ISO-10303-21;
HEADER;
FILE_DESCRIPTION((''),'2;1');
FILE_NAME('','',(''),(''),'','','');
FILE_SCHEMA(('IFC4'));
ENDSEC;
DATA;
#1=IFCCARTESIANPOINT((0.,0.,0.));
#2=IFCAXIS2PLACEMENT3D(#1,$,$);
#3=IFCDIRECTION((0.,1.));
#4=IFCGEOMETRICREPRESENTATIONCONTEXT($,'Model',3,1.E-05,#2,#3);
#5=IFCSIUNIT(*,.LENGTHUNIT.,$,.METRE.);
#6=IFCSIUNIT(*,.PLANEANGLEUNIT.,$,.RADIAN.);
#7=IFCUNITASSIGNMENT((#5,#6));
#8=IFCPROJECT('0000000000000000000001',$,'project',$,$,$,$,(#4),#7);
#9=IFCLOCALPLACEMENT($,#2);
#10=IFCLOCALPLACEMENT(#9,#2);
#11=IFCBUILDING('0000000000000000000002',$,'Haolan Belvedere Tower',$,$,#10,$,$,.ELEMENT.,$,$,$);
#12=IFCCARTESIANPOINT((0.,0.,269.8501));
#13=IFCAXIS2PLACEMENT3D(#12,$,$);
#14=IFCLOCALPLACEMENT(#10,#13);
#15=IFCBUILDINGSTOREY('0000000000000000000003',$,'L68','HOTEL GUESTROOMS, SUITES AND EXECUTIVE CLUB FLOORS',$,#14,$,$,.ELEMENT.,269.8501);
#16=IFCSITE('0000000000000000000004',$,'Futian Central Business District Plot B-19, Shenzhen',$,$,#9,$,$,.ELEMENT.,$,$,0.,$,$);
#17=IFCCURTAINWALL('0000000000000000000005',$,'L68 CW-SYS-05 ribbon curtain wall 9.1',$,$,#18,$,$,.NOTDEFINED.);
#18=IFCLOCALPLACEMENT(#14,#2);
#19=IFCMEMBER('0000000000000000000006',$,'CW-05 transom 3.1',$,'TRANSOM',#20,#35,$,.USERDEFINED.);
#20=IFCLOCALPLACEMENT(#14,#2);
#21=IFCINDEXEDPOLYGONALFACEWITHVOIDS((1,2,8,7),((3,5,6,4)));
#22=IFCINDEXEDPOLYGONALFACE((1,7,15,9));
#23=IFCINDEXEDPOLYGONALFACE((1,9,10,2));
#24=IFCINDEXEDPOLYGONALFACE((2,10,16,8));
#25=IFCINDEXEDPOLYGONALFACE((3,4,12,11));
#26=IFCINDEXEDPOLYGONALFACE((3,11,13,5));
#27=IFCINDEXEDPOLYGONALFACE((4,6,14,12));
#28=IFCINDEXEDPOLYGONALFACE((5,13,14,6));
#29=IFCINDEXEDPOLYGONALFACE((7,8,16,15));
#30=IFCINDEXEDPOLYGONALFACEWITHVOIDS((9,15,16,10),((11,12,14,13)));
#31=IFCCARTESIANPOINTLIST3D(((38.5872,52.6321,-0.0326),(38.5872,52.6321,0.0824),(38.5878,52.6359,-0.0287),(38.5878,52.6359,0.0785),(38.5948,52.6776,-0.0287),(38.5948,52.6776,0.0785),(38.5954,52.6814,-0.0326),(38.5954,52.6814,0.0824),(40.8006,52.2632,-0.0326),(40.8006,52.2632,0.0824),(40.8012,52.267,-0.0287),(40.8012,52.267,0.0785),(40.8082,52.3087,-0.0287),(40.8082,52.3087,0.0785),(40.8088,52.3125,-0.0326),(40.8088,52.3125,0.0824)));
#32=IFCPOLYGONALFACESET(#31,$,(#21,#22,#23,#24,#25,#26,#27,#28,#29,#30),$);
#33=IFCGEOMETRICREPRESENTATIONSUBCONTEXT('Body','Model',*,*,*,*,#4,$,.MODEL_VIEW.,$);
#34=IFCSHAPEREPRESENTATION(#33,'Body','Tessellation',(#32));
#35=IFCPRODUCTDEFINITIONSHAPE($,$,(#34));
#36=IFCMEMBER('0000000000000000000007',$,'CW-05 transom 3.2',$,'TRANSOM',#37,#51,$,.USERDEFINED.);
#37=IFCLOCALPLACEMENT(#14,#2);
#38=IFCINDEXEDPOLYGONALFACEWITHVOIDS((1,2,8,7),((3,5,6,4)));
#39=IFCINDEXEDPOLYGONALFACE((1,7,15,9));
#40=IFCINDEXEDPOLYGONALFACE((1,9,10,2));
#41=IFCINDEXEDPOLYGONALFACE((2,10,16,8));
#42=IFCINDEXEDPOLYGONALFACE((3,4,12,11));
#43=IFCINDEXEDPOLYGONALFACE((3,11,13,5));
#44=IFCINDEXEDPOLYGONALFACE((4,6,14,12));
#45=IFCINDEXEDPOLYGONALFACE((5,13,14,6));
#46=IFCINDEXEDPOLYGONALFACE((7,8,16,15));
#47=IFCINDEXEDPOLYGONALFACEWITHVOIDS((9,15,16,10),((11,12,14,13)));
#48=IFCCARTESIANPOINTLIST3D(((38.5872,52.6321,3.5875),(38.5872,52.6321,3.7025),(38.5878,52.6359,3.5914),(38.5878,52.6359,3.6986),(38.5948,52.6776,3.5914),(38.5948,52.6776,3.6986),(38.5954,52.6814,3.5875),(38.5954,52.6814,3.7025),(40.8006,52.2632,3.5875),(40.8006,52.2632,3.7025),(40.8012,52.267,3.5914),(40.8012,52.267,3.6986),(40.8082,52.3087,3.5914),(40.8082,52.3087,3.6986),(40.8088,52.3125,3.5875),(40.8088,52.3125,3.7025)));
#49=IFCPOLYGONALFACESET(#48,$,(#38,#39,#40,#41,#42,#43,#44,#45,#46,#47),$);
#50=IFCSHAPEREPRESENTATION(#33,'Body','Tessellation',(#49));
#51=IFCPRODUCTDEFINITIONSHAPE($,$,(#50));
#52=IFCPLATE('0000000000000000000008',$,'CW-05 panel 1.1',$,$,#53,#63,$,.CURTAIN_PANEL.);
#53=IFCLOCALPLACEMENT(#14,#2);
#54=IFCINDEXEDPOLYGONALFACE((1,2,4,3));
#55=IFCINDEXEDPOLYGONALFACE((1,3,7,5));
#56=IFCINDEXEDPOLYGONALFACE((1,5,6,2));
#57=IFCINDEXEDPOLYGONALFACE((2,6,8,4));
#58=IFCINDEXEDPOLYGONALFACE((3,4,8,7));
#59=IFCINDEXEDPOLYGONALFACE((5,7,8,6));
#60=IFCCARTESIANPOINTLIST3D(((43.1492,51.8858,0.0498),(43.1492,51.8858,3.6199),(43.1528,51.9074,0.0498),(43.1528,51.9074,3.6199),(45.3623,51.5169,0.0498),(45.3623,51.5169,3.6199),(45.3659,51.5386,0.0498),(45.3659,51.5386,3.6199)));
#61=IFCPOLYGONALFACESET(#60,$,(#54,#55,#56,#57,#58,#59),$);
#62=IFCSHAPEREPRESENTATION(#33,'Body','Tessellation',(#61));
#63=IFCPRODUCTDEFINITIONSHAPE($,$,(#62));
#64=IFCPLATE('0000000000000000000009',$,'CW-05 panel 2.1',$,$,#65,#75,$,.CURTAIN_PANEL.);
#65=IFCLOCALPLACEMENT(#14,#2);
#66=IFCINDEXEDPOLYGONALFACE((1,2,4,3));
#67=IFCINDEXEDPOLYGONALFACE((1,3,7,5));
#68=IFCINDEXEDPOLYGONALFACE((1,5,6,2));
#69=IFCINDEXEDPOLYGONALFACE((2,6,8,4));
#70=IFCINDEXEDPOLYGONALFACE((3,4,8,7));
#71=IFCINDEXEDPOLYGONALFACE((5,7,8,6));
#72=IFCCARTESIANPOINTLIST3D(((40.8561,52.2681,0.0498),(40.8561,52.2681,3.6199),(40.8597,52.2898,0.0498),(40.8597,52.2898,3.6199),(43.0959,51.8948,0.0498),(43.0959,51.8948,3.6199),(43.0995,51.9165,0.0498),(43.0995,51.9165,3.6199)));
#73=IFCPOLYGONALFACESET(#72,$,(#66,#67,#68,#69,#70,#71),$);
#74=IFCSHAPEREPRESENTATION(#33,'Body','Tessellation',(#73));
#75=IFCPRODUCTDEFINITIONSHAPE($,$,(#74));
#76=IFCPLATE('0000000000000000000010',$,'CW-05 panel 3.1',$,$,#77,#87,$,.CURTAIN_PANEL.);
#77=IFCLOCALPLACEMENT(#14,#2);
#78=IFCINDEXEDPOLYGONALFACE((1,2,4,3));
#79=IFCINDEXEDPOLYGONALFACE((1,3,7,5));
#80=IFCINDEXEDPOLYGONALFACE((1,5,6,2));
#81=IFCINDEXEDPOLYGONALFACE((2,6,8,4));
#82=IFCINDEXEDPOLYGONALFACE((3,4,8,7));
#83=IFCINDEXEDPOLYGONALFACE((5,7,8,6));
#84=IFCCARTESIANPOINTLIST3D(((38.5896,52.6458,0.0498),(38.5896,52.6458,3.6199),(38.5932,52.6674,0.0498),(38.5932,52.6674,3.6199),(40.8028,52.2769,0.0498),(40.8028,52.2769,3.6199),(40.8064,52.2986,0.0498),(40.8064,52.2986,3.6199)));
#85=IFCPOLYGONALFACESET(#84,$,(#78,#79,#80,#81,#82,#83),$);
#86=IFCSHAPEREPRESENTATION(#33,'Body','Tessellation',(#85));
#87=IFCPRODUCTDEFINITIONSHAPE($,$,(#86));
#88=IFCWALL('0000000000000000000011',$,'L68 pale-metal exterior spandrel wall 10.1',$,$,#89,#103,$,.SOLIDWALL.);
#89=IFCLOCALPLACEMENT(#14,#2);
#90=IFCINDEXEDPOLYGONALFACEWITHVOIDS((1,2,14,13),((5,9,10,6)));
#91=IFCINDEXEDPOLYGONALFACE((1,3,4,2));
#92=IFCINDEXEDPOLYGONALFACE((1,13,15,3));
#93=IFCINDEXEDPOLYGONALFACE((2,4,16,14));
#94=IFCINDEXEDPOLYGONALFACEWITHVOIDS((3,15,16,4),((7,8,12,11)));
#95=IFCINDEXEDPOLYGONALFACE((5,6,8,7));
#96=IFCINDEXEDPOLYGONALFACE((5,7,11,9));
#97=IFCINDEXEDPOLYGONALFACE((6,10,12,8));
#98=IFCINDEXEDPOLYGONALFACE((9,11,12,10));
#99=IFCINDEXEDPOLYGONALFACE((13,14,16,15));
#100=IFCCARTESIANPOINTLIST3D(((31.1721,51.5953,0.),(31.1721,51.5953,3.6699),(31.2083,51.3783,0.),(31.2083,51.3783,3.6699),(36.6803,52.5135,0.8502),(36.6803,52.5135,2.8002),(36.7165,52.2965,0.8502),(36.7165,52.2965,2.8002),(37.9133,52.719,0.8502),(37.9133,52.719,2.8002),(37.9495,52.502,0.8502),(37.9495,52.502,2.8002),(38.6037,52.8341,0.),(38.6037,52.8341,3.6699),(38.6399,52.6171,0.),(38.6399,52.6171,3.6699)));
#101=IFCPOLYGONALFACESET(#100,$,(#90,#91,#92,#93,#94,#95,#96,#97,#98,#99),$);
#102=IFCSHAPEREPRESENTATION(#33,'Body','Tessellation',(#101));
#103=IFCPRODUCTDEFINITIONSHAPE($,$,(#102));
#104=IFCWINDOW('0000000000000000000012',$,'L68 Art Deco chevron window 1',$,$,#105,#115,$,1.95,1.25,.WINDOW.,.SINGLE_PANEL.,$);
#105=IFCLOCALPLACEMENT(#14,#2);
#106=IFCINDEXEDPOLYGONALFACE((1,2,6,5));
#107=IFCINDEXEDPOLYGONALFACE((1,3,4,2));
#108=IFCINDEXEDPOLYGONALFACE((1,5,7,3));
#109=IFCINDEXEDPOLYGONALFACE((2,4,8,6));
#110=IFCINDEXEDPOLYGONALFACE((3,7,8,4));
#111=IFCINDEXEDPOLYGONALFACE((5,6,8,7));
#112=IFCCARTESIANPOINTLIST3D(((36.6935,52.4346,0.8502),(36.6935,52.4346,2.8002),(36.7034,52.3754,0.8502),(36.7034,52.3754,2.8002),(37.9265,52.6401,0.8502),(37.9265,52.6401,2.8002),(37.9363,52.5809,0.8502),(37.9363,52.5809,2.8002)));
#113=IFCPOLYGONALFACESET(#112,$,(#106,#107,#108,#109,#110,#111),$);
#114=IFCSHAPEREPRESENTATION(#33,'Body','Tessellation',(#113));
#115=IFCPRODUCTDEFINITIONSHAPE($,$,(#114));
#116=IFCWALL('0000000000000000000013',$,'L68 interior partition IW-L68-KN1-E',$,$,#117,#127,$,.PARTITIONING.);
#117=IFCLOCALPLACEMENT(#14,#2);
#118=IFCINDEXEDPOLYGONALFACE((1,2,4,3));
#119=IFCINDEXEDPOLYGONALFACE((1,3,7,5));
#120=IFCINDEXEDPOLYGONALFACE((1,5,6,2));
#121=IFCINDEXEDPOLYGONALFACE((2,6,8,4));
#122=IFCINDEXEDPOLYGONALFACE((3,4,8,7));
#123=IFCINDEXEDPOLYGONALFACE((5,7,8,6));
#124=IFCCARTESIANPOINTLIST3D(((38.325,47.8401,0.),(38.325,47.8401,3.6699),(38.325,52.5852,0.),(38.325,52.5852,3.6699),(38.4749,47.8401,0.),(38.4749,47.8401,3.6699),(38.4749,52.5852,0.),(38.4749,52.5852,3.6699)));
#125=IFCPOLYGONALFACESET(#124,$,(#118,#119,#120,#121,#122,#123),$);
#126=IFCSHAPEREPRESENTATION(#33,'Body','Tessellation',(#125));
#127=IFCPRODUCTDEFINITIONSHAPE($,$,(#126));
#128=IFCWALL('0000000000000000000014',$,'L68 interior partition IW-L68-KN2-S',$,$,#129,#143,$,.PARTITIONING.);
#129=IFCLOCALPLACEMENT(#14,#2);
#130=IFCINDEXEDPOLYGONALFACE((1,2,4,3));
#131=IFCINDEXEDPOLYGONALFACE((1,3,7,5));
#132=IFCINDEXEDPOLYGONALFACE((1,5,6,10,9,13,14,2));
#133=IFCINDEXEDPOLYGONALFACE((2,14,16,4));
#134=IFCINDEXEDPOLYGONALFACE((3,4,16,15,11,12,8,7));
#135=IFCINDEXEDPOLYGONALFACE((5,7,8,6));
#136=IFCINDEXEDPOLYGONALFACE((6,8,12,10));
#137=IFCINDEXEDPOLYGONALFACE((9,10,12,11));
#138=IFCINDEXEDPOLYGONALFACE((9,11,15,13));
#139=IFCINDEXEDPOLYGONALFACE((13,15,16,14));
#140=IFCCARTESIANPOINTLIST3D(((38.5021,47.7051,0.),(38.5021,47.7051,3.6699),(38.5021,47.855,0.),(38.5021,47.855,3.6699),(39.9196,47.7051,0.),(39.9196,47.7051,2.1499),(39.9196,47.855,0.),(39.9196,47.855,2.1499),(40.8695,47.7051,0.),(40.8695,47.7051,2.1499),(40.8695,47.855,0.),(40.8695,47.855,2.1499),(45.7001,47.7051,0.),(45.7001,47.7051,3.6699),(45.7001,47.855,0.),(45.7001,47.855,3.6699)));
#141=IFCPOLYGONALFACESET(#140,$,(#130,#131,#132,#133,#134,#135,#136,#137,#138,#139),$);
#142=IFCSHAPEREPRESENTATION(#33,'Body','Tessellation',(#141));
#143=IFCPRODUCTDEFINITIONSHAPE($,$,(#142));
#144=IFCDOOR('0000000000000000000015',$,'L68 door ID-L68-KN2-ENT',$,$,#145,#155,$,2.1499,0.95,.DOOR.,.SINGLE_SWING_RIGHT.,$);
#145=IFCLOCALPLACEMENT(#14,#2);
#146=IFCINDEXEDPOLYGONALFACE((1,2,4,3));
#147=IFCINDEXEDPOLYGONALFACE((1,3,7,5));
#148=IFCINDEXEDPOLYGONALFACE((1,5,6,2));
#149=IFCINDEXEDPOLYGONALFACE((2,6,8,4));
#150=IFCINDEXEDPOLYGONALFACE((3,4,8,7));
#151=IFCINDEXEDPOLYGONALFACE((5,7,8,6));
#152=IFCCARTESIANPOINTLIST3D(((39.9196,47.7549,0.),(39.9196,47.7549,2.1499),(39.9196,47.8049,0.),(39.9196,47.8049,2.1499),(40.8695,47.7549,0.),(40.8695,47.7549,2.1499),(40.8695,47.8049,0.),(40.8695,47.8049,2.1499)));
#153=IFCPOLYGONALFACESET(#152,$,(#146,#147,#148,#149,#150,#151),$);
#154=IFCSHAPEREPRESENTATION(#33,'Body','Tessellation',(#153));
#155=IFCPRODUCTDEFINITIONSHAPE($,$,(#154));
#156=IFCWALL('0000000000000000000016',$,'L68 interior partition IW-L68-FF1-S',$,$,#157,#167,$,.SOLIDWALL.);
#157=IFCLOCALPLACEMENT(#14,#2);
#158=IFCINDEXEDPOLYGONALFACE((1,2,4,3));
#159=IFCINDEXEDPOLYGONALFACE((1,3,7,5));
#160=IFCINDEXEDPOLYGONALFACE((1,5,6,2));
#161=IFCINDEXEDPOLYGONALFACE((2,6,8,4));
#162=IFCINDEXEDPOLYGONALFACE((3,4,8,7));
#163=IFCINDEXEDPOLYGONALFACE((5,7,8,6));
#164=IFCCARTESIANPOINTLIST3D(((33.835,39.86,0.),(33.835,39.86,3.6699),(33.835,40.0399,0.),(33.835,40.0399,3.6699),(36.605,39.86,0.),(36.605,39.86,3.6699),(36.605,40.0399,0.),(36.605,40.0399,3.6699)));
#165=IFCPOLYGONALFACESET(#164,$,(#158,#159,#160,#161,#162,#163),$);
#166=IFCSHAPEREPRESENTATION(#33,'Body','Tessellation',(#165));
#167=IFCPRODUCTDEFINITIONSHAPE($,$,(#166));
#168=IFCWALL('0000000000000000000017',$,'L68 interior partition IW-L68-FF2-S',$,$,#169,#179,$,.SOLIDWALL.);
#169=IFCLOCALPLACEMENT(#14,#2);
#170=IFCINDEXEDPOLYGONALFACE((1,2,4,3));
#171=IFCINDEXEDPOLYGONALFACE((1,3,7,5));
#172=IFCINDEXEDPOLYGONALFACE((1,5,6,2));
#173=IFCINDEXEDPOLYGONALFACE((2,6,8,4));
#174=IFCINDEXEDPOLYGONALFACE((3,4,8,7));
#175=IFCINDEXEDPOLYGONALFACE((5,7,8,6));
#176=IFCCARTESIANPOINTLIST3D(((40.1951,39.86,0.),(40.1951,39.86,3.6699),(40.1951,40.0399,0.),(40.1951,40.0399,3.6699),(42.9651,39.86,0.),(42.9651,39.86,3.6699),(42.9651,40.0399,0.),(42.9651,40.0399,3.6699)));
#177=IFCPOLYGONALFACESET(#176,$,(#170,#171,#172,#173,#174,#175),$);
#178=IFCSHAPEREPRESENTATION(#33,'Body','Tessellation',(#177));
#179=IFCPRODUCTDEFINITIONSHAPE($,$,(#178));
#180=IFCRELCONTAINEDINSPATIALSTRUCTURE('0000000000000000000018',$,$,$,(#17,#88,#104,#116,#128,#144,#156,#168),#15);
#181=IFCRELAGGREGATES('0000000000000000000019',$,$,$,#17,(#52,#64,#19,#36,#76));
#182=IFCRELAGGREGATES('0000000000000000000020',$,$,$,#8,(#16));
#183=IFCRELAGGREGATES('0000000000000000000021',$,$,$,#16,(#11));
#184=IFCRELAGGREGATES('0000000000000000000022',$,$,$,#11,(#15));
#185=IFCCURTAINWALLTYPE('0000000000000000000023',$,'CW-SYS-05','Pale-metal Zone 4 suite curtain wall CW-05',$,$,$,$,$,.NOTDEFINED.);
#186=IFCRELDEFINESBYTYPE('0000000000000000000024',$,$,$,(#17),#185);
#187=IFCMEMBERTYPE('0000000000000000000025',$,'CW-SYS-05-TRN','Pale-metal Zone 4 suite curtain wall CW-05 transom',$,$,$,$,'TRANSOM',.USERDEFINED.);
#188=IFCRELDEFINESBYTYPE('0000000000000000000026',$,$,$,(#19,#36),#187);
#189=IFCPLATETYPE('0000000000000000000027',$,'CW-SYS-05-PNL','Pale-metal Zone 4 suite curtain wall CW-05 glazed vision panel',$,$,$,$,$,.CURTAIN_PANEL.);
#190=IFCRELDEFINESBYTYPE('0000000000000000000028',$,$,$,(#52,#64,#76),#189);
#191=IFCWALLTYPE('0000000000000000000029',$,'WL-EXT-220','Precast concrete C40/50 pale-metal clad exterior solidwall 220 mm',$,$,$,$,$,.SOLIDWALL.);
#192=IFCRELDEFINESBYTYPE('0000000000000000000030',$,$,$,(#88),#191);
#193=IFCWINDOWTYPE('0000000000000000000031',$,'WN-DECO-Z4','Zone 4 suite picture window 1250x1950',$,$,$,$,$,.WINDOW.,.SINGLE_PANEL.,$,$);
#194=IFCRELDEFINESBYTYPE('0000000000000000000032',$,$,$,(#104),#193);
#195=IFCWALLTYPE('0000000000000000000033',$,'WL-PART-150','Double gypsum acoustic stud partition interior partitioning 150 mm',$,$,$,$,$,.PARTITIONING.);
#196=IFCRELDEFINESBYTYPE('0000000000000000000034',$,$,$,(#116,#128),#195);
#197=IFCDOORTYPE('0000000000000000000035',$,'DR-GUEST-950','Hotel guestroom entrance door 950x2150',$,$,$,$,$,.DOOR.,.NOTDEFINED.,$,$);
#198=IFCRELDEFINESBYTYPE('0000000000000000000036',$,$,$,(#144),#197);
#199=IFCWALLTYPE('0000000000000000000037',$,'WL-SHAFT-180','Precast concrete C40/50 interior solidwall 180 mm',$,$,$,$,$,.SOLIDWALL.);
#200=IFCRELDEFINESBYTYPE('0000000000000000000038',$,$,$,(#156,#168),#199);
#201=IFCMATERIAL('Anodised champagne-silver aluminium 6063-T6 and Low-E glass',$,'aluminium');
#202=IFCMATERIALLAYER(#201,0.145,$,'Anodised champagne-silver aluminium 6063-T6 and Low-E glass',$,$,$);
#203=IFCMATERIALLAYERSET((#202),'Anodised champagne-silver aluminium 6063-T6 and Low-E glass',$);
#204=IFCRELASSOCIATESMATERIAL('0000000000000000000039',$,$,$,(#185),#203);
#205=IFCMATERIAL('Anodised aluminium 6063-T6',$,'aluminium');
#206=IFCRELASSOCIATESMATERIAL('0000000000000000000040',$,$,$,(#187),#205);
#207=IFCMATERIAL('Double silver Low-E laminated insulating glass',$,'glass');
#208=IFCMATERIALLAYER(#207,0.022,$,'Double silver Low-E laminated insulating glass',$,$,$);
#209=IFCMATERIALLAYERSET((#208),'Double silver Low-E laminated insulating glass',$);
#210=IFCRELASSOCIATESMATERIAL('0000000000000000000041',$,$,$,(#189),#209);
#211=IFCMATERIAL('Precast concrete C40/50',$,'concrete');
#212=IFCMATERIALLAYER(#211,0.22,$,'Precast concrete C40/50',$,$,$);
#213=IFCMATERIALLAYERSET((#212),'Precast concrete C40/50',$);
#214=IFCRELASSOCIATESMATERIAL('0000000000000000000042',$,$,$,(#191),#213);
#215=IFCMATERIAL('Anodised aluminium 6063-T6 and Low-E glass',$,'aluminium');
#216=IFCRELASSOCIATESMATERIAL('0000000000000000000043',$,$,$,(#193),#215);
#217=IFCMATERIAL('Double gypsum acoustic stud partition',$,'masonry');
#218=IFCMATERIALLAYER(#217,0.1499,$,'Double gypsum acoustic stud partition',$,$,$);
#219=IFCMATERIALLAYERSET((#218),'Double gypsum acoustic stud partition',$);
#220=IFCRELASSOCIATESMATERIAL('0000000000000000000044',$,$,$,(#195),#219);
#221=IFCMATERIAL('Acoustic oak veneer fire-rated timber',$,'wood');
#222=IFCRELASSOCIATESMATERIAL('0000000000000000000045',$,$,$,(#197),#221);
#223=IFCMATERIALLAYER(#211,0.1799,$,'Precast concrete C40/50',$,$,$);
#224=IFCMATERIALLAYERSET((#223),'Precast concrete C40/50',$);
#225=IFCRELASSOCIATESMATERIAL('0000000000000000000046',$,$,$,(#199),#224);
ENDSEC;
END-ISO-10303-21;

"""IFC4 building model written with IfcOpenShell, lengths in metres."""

from ifc_helpers import new_model, si_unit, direction, frame, frame_2d, origin, origin_2d, place, context, subcontext, project, spatial, rectangle, hollow_rectangle, extrude, material, layer, layer_set, material_profile, profile_set, type_object, element, fill, aggregate, save


model = new_model("IFC4")

# Units and contexts
model_context = context("Model", 3, precision=1e-05, world=origin(), true_north=direction((0.0, 1.0)))
body_context = subcontext(model_context, "Body", "Model", "MODEL_VIEW")
ifc_project = project(units=[si_unit("LENGTHUNIT", "METRE"), si_unit("PLANEANGLEUNIT", "RADIAN")], contexts=[model_context])

# Site, building, storey
site_placement = place(None, origin())
site = spatial("IfcSite", under=ifc_project, at=site_placement, Name="Futian Central Business District Plot B-19, Shenzhen", CompositionType="ELEMENT", RefElevation=0.0)
building_placement = place(site_placement, origin())
building = spatial("IfcBuilding", under=site, at=building_placement, Name="Haolan Belvedere Tower", CompositionType="ELEMENT")
storey_placement = place(building_placement, frame((0.0, 0.0, 269.8501)))
storey = spatial("IfcBuildingStorey", under=building, at=storey_placement, Name="L68", Description="HOTEL GUESTROOMS, SUITES AND EXECUTIVE CLUB FLOORS", CompositionType="ELEMENT", Elevation=269.8501)

# Curtain wall, members, plates
ifc_material_1 = material(Name="Anodised champagne-silver aluminium 6063-T6 and Low-E glass", Category="aluminium")
ifc_layer_1 = layer(ifc_material_1, 0.145, Name="Anodised champagne-silver aluminium 6063-T6 and Low-E glass")
ifc_layer_set_1 = layer_set([ifc_layer_1], Name="Anodised champagne-silver aluminium 6063-T6 and Low-E glass")
curtain_wall_type = type_object("IfcCurtainWallType", Name="CW-SYS-05", Description="Pale-metal Zone 4 suite curtain wall CW-05", PredefinedType="NOTDEFINED", material=ifc_layer_set_1)
curtain_wall_placement = place(storey_placement, origin())
curtain_wall = element("IfcCurtainWall", 1, at=curtain_wall_placement, inside=storey, type_object=curtain_wall_type, Name="L68 CW-SYS-05 ribbon curtain wall 9.1", PredefinedType="NOTDEFINED")
ifc_material_2 = material(Name="Anodised aluminium 6063-T6", Category="aluminium")
ifc_material_profile_1 = material_profile(ifc_material_2, hollow_rectangle(XDim=0.05, YDim=0.115, WallThickness=0.0039, at=origin_2d()), Name="Anodised aluminium 6063-T6")
ifc_profile_set_1 = profile_set([ifc_material_profile_1], Name="Anodised aluminium 6063-T6")
member_type_1 = type_object("IfcMemberType", Name="CW-SYS-05-TRN", Description="Pale-metal Zone 4 suite curtain wall CW-05 transom", ElementType="TRANSOM", PredefinedType="USERDEFINED", material=ifc_profile_set_1)
member_1_placement = place(storey_placement, frame((40.8047, 52.2878, 0.0249), z_axis=(-0.986394, 0.164399, 0.0), x_axis=(-0.164399, -0.986394, 0.0)))
member_1 = element("IfcMember", 2, at=member_1_placement, type_object=member_type_1, Name="CW-05 transom 3.1", ObjectType="TRANSOM", PredefinedType="USERDEFINED", context=body_context, shape_type="SweptSolid", body=[
    extrude(hollow_rectangle(XDim=0.05, YDim=0.115, WallThickness=0.0039, at=origin_2d()), origin(), (0.0, 0.0, 1.0), 2.2439),
])
member_2_placement = place(storey_placement, frame((40.8047, 52.2878, 3.645), z_axis=(-0.986394, 0.164399, 0.0), x_axis=(-0.164399, -0.986394, 0.0)))
member_2 = element("IfcMember", 3, at=member_2_placement, type_object=member_type_1, Name="CW-05 transom 3.2", ObjectType="TRANSOM", PredefinedType="USERDEFINED", context=body_context, shape_type="SweptSolid", body=[
    extrude(hollow_rectangle(XDim=0.05, YDim=0.115, WallThickness=0.0039, at=origin_2d()), origin(), (0.0, 0.0, 1.0), 2.2439),
])
ifc_material_3 = material(Name="Double silver Low-E laminated insulating glass", Category="glass")
ifc_layer_2 = layer(ifc_material_3, 0.022, Name="Double silver Low-E laminated insulating glass")
ifc_layer_set_2 = layer_set([ifc_layer_2], Name="Double silver Low-E laminated insulating glass")
plate_type = type_object("IfcPlateType", Name="CW-SYS-05-PNL", Description="Pale-metal Zone 4 suite curtain wall CW-05 glazed vision panel", PredefinedType="CURTAIN_PANEL", material=ifc_layer_set_2)
plate_1_placement = place(storey_placement, frame((44.2576, 51.7122, 0.0498), z_axis=(0.0, 0.0, 1.0), x_axis=(-0.986393, 0.164406, 0.0)))
plate_1 = element("IfcPlate", 4, at=plate_1_placement, type_object=plate_type, Name="CW-05 panel 1.1", PredefinedType="CURTAIN_PANEL", context=body_context, shape_type="SweptSolid", body=[
    extrude(rectangle(XDim=2.2437, YDim=0.022, at=origin_2d()), origin(), (0.0, 0.0, 1.0), 3.5701),
])
plate_2_placement = place(storey_placement, frame((41.9778, 52.0923, 0.0498), z_axis=(0.0, 0.0, 1.0), x_axis=(-0.986393, 0.164406, 0.0)))
plate_2 = element("IfcPlate", 5, at=plate_2_placement, type_object=plate_type, Name="CW-05 panel 2.1", PredefinedType="CURTAIN_PANEL", context=body_context, shape_type="SweptSolid", body=[
    extrude(rectangle(XDim=2.2708, YDim=0.022, at=origin_2d()), origin(), (0.0, 0.0, 1.0), 3.5701),
])
plate_3_placement = place(storey_placement, frame((39.698, 52.4722, 0.0498), z_axis=(0.0, 0.0, 1.0), x_axis=(-0.986393, 0.164406, 0.0)))
plate_3 = element("IfcPlate", 6, at=plate_3_placement, type_object=plate_type, Name="CW-05 panel 3.1", PredefinedType="CURTAIN_PANEL", context=body_context, shape_type="SweptSolid", body=[
    extrude(rectangle(XDim=2.2437, YDim=0.022, at=origin_2d()), origin(), (0.0, 0.0, 1.0), 3.5701),
])
aggregate(curtain_wall, [plate_1, plate_2, member_1, member_2, plate_3])

# Wall, opening, window
ifc_material_4 = material(Name="Precast concrete C40/50", Category="concrete")
ifc_layer_3 = layer(ifc_material_4, 0.22, Name="Precast concrete C40/50")
ifc_layer_set_3 = layer_set([ifc_layer_3], Name="Precast concrete C40/50")
wall_type_1 = type_object("IfcWallType", Name="WL-EXT-220", Description="Precast concrete C40/50 pale-metal clad exterior solidwall 220 mm", PredefinedType="SOLIDWALL", material=ifc_layer_set_3)
wall_1_placement = place(storey_placement, frame((38.6218, 52.7256, 0.0), z_axis=(0.0, 0.0, 1.0), x_axis=(-0.98639, -0.16442, 0.0)))
wall_1 = element("IfcWall", 7, at=wall_1_placement, inside=storey, type_object=wall_type_1, Name="L68 pale-metal exterior spandrel wall 10.1", PredefinedType="SOLIDWALL", context=body_context, shape_type="SweptSolid", body=[
    extrude(rectangle(XDim=7.5342, YDim=0.22, at=frame_2d((3.7671, 0.0))), origin(), (0.0, 0.0, 1.0), 3.6699),
])
opening_1_placement = place(wall_1_placement, frame((0.7, 0.0, 0.8501)))
opening_1 = element("IfcOpeningElement", 8, at=opening_1_placement, cuts=wall_1, PredefinedType="OPENING", context=body_context, shape_type="SweptSolid", body=[
    extrude(rectangle(XDim=1.25, YDim=1.95, at=frame_2d((0.625, 0.9751))), frame((0.0, 0.1199, 0.0), z_axis=(0.0, -1.0, 0.0), x_axis=(1.0, 0.0, 0.0)), (0.0, 0.0, 1.0), 0.24),
])
ifc_material_5 = material(Name="Anodised aluminium 6063-T6 and Low-E glass", Category="aluminium")
window_type = type_object("IfcWindowType", Name="WN-DECO-Z4", Description="Zone 4 suite picture window 1250x1950", PartitioningType="SINGLE_PANEL", PredefinedType="WINDOW", material=ifc_material_5)
window_placement = place(opening_1_placement, origin())
window = element("IfcWindow", 9, at=window_placement, inside=storey, type_object=window_type, Name="L68 Art Deco chevron window 1", OverallHeight=1.95, OverallWidth=1.25, PartitioningType="SINGLE_PANEL", PredefinedType="WINDOW", context=body_context, shape_type="SweptSolid", body=[
    extrude(rectangle(XDim=1.25, YDim=1.95, at=frame_2d((0.625, 0.9751))), frame((0.0, 0.03, 0.0), z_axis=(0.0, -1.0, 0.0), x_axis=(1.0, 0.0, 0.0)), (0.0, 0.0, 1.0), 0.0601),
])
fill(opening_1, window)

# Wall
ifc_material_6 = material(Name="Double gypsum acoustic stud partition", Category="masonry")
ifc_layer_4 = layer(ifc_material_6, 0.1499, Name="Double gypsum acoustic stud partition")
ifc_layer_set_4 = layer_set([ifc_layer_4], Name="Double gypsum acoustic stud partition")
wall_type_2 = type_object("IfcWallType", Name="WL-PART-150", Description="Double gypsum acoustic stud partition interior partitioning 150 mm", PredefinedType="PARTITIONING", material=ifc_layer_set_4)
wall_2_placement = place(storey_placement, frame((38.3999, 47.8401, 0.0), z_axis=(0.0, 0.0, 1.0), x_axis=(0.0, 1.0, 0.0)))
element("IfcWall", 10, at=wall_2_placement, inside=storey, type_object=wall_type_2, Name="L68 interior partition IW-L68-KN1-E", PredefinedType="PARTITIONING", context=body_context, shape_type="SweptSolid", body=[
    extrude(rectangle(XDim=4.7451, YDim=0.1499, at=frame_2d((2.3726, 0.0))), origin(), (0.0, 0.0, 1.0), 3.6699),
])

# Wall, opening, door
wall_3_placement = place(storey_placement, frame((38.502, 47.78, 0.0), z_axis=(0.0, 0.0, 1.0), x_axis=(1.0, 0.0, 0.0)))
wall_3 = element("IfcWall", 11, at=wall_3_placement, inside=storey, type_object=wall_type_2, Name="L68 interior partition IW-L68-KN2-S", PredefinedType="PARTITIONING", context=body_context, shape_type="SweptSolid", body=[
    extrude(rectangle(XDim=7.198, YDim=0.1499, at=frame_2d((3.5991, 0.0))), origin(), (0.0, 0.0, 1.0), 3.6699),
])
opening_2_placement = place(wall_3_placement, frame((1.4175, 0.0, 0.0)))
opening_2 = element("IfcOpeningElement", 12, at=opening_2_placement, cuts=wall_3, PredefinedType="OPENING", context=body_context, shape_type="SweptSolid", body=[
    extrude(rectangle(XDim=0.95, YDim=2.1499, at=frame_2d((0.4751, 1.075))), frame((0.0, 0.085, 0.0), z_axis=(0.0, -1.0, 0.0), x_axis=(1.0, 0.0, 0.0)), (0.0, 0.0, 1.0), 0.1699),
])
ifc_material_7 = material(Name="Acoustic oak veneer fire-rated timber", Category="wood")
door_type_1 = type_object("IfcDoorType", Name="DR-GUEST-950", Description="Hotel guestroom entrance door 950x2150", OperationType="NOTDEFINED", PredefinedType="DOOR", material=ifc_material_7)
door_1_placement = place(opening_2_placement, origin())
door_1 = element("IfcDoor", 13, at=door_1_placement, inside=storey, type_object=door_type_1, Name="L68 door ID-L68-KN2-ENT", OperationType="SINGLE_SWING_RIGHT", OverallHeight=2.1499, OverallWidth=0.95, PredefinedType="DOOR", context=body_context, shape_type="SweptSolid", body=[
    extrude(rectangle(XDim=0.95, YDim=2.1499, at=frame_2d((0.4751, 1.075))), frame((0.0, 0.0249, 0.0), z_axis=(0.0, -1.0, 0.0), x_axis=(1.0, 0.0, 0.0)), (0.0, 0.0, 1.0), 0.05),
])
fill(opening_2, door_1)

# Walls
ifc_layer_5 = layer(ifc_material_4, 0.1799, Name="Precast concrete C40/50")
ifc_layer_set_5 = layer_set([ifc_layer_5], Name="Precast concrete C40/50")
wall_type_3 = type_object("IfcWallType", Name="WL-SHAFT-180", Description="Precast concrete C40/50 interior solidwall 180 mm", PredefinedType="SOLIDWALL", material=ifc_layer_set_5)
for number, where, z_axis, x_axis, name in (
    (14, (33.835, 39.95, 0.0), (0.0, 0.0, 1.0), (1.0, 0.0, 0.0), "L68 interior partition IW-L68-FF1-S"),
    (15, (40.1951, 39.95, 0.0), (0.0, 0.0, 1.0), (1.0, 0.0, 0.0), "L68 interior partition IW-L68-FF2-S"),
):
    element("IfcWall", number, at=place(storey_placement, frame(where, z_axis=z_axis, x_axis=x_axis)), inside=storey, type_object=wall_type_3, Name=name, PredefinedType="SOLIDWALL", context=body_context, shape_type="SweptSolid", body=[
        extrude(rectangle(XDim=2.77, YDim=0.1799, at=frame_2d((1.385, 0.0))), origin(), (0.0, 0.0, 1.0), 3.6699),
    ])

save(model, "model.ifc")
